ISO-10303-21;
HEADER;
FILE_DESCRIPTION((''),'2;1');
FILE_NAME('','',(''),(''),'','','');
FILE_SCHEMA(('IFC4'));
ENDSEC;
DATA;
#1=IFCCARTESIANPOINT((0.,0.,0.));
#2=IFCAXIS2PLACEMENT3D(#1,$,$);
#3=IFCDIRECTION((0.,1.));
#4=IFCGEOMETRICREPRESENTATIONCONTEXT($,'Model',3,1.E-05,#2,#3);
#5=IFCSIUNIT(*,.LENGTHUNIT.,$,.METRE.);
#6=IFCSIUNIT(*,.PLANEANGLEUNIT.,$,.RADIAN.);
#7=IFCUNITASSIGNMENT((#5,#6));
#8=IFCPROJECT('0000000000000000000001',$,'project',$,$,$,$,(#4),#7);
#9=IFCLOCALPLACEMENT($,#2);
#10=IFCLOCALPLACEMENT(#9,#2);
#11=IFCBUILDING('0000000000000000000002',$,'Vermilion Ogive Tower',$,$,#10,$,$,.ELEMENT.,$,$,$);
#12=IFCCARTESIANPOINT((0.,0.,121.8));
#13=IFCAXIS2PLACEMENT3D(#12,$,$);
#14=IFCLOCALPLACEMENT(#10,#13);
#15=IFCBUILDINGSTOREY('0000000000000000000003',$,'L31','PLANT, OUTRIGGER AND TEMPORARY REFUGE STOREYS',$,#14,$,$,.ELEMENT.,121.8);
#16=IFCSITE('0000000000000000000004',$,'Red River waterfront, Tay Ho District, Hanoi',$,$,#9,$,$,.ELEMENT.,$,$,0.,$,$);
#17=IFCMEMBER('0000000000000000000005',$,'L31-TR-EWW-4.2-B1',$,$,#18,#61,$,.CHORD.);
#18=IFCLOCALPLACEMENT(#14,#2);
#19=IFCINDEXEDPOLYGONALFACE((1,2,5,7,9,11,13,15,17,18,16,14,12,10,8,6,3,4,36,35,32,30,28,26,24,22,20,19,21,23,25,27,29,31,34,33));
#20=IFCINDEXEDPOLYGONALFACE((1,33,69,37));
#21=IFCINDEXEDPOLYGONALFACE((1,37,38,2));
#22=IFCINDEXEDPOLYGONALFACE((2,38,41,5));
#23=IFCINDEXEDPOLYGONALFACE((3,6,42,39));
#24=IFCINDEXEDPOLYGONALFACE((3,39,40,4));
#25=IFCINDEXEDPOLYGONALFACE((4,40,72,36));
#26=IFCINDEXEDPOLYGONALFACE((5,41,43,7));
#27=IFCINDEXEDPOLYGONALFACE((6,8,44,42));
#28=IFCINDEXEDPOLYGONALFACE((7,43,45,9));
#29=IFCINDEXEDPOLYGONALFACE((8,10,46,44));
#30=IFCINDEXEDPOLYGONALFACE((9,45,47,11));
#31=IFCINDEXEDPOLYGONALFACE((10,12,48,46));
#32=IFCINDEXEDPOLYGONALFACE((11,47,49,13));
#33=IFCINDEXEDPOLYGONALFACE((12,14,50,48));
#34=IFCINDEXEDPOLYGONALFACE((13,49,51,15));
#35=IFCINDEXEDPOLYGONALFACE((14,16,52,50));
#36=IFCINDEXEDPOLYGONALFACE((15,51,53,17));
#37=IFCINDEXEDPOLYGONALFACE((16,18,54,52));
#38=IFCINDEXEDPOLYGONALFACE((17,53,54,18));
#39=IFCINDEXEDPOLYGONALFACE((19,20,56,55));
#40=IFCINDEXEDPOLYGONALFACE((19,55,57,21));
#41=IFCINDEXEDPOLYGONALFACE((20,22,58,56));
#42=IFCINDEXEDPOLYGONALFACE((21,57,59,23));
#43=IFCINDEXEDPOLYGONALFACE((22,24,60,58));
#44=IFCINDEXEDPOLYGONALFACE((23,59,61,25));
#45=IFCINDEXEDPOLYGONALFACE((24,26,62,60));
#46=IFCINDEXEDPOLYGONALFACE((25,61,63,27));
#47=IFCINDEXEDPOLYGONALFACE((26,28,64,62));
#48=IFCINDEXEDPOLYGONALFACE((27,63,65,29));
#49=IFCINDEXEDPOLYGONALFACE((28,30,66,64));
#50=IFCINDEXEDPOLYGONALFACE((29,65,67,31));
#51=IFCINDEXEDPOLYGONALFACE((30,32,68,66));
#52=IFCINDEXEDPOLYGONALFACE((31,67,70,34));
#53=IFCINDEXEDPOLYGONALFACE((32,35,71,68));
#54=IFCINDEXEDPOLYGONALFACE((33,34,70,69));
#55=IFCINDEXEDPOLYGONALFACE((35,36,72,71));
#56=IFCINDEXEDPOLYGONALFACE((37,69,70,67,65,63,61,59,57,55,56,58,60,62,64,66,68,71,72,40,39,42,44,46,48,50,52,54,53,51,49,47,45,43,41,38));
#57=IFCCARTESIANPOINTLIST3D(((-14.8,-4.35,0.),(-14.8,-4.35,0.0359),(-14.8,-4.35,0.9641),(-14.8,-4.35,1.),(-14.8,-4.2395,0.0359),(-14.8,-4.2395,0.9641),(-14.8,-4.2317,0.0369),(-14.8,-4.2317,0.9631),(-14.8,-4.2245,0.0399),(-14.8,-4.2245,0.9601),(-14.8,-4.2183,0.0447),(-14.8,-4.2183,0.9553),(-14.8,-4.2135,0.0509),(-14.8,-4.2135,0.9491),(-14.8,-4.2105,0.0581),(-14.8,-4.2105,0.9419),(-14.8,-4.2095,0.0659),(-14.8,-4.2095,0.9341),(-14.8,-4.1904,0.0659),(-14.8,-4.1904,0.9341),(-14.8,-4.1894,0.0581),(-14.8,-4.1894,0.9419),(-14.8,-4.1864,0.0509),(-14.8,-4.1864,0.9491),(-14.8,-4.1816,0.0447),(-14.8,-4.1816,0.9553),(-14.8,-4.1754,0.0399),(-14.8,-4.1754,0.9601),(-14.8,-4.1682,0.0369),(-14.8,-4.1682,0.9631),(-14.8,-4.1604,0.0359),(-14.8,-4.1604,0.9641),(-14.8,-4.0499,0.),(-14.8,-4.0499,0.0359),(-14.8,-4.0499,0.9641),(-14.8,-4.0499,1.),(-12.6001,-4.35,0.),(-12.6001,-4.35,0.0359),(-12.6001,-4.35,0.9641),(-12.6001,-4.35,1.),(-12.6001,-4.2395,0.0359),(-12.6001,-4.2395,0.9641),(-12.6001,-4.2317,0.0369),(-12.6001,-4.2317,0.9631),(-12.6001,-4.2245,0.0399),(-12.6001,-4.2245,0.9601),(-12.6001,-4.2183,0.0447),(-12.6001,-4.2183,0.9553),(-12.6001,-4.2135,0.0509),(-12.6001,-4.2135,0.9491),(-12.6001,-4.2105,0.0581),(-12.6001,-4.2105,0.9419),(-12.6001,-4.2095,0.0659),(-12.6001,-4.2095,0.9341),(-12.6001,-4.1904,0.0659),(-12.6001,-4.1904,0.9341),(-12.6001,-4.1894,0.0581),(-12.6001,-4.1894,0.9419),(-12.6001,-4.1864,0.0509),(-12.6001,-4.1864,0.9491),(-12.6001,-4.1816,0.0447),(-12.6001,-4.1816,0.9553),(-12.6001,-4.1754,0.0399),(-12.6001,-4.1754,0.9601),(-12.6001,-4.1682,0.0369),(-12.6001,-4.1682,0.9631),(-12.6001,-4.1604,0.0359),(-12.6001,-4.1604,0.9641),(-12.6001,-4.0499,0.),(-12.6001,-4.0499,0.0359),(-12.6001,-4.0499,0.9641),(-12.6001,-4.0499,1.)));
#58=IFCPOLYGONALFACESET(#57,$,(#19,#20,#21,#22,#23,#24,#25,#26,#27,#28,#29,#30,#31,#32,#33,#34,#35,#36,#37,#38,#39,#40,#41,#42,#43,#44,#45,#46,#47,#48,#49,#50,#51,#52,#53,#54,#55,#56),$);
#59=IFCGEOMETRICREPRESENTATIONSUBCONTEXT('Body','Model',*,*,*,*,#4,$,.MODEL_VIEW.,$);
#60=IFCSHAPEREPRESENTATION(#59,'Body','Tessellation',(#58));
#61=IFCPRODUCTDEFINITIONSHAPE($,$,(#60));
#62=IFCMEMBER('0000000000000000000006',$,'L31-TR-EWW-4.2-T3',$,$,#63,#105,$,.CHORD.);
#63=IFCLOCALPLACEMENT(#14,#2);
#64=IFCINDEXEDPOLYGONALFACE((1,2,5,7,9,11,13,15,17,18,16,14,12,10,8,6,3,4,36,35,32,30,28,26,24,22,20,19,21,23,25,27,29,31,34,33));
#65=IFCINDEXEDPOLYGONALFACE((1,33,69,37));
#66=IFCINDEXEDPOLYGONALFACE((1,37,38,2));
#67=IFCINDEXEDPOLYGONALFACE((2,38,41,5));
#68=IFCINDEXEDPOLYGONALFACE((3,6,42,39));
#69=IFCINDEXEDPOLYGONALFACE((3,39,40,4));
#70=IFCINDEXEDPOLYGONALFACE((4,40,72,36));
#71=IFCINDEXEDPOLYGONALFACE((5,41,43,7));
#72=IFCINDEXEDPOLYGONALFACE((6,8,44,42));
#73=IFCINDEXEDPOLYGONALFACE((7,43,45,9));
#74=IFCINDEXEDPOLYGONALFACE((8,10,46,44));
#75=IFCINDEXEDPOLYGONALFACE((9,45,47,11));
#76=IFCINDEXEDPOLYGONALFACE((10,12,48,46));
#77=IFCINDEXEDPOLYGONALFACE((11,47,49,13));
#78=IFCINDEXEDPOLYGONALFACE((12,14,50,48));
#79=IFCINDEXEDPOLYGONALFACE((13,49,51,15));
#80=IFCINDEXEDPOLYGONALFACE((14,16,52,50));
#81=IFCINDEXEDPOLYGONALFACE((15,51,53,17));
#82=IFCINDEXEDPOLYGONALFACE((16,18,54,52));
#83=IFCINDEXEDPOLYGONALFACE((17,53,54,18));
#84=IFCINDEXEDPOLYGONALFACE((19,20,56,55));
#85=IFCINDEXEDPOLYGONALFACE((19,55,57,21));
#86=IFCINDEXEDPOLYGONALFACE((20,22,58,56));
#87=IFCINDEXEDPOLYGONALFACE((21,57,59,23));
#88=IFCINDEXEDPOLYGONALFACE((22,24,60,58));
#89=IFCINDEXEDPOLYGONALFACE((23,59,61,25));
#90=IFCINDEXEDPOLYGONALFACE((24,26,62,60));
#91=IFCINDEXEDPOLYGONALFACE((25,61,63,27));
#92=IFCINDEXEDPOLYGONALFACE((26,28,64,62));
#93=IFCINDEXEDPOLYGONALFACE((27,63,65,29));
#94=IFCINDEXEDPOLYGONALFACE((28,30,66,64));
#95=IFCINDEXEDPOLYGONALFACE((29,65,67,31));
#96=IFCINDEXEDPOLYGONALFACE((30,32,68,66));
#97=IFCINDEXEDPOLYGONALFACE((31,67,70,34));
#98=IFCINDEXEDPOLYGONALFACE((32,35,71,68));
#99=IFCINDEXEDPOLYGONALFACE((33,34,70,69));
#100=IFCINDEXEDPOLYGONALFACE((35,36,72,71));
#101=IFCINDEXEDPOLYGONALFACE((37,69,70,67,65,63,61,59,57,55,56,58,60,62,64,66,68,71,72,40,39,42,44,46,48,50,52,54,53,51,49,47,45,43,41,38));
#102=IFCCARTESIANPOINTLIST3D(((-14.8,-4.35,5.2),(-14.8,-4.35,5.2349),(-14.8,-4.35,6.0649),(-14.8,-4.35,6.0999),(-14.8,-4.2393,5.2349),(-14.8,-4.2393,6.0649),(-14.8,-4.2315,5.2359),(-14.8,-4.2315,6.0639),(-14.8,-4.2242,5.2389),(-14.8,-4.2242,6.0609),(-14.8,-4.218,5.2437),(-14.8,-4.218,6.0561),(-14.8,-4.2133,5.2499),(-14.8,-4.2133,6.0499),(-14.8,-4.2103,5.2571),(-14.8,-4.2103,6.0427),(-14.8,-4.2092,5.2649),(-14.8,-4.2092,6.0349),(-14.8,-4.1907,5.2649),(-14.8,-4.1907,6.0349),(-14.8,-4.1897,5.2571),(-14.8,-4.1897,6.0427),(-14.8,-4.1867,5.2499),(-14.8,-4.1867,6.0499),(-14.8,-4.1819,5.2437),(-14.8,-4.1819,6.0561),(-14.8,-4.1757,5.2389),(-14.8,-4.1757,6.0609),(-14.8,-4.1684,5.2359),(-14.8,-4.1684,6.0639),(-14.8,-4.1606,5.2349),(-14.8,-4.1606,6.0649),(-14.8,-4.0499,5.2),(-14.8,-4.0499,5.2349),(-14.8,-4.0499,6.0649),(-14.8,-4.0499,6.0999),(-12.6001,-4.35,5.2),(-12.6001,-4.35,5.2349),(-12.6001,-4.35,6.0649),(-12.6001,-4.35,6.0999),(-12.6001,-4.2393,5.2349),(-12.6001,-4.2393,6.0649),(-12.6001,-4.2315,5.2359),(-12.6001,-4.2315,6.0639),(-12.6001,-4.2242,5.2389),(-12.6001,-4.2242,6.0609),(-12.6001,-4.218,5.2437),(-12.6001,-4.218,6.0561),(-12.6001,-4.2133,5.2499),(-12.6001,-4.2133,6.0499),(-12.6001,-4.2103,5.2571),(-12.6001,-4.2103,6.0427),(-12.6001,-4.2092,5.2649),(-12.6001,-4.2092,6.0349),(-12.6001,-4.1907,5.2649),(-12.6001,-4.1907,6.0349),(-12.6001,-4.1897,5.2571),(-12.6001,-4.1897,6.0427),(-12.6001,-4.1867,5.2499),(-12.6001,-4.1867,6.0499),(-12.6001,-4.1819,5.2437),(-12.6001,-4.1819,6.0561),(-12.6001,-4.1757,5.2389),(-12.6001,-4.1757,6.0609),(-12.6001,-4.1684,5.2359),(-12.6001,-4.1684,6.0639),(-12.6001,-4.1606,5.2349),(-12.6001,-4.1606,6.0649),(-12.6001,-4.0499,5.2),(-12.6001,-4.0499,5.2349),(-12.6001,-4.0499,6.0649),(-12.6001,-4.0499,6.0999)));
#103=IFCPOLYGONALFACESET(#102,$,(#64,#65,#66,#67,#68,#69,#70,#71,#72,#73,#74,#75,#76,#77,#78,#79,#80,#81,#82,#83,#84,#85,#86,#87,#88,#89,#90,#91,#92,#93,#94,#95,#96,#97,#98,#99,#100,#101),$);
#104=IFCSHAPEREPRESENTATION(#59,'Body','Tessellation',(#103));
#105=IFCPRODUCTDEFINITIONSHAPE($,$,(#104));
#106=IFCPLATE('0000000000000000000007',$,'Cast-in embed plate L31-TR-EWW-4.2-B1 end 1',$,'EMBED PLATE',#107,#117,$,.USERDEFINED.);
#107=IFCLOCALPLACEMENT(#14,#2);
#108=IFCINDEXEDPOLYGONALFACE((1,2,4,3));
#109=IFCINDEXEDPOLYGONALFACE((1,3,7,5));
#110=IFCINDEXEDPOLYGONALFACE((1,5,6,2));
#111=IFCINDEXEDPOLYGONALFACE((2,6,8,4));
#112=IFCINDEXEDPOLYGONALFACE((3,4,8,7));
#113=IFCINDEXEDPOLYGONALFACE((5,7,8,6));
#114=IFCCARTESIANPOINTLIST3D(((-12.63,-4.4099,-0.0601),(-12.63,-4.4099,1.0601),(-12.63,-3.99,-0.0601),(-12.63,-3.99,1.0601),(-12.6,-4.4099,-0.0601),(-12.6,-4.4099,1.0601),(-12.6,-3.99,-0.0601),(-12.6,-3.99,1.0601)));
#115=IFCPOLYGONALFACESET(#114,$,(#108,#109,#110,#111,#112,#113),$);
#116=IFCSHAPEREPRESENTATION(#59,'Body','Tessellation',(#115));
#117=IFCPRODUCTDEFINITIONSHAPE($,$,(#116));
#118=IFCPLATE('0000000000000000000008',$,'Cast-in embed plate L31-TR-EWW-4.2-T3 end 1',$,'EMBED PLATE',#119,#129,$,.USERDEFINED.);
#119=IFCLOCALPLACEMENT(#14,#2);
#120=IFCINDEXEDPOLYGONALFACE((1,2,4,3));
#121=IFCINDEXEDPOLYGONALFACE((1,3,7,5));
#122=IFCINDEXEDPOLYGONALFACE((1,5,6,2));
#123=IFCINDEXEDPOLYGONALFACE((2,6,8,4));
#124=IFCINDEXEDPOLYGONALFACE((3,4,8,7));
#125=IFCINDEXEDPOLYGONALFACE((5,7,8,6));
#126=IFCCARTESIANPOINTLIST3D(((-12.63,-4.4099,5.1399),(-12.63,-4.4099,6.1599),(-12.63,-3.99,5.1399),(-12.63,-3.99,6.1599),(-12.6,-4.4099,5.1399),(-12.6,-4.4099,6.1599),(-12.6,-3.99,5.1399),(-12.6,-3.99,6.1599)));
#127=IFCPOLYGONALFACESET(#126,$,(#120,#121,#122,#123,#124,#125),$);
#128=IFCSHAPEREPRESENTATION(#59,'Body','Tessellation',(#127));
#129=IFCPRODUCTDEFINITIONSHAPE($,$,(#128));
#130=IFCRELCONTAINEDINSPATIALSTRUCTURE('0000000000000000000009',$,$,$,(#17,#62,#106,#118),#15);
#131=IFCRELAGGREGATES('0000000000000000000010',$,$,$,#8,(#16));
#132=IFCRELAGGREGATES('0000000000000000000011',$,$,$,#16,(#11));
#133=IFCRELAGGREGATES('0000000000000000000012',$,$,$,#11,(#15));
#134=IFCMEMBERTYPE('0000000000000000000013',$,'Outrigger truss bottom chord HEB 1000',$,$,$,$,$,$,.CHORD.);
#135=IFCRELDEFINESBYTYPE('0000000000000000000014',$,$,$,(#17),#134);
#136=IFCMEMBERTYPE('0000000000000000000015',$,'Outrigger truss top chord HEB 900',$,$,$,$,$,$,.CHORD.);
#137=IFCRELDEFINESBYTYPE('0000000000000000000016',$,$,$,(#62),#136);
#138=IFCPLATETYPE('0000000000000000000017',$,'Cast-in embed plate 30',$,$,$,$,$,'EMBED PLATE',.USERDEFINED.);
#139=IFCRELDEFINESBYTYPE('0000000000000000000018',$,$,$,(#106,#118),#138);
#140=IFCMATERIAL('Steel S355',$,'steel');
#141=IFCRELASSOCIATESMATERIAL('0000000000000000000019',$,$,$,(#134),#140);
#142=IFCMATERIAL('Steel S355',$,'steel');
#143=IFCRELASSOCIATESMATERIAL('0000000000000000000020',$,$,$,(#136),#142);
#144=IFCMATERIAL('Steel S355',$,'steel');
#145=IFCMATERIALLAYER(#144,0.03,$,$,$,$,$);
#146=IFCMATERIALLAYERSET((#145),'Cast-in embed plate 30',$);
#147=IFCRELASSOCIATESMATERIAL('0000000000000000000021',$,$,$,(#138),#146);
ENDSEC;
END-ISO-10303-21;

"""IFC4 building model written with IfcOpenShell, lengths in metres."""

from ifc_helpers import new_model, si_unit, direction, frame, origin, origin_2d, place, context, subcontext, project, spatial, rectangle, i_section, extrude, material, layer, layer_set, material_profile, profile_set, type_object, element, save


model = new_model("IFC4")

# Units and contexts
model_context = context("Model", 3, precision=1e-05, world=origin(), true_north=direction((0.0, 1.0)))
body_context = subcontext(model_context, "Body", "Model", "MODEL_VIEW")
ifc_project = project(units=[si_unit("LENGTHUNIT", "METRE"), si_unit("PLANEANGLEUNIT", "RADIAN")], contexts=[model_context])

# Site, building, storey
site_placement = place(None, origin())
site = spatial("IfcSite", under=ifc_project, at=site_placement, Name="Red River waterfront, Tay Ho District, Hanoi", CompositionType="ELEMENT", RefElevation=0.0)
building_placement = place(site_placement, origin())
building = spatial("IfcBuilding", under=site, at=building_placement, Name="Vermilion Ogive Tower", CompositionType="ELEMENT")
storey_placement = place(building_placement, frame((0.0, 0.0, 121.8)))
storey = spatial("IfcBuildingStorey", under=building, at=storey_placement, Name="L31", Description="PLANT, OUTRIGGER AND TEMPORARY REFUGE STOREYS", CompositionType="ELEMENT", Elevation=121.8)

# Members
ifc_material_1 = material(Name="Steel S355", Category="steel")
ifc_material_profile_1 = material_profile(ifc_material_1, i_section(OverallWidth=0.3, OverallDepth=1.0, WebThickness=0.019, FlangeThickness=0.0359, FilletRadius=0.03, at=origin_2d()), Name="HEB 1000")
ifc_profile_set_1 = profile_set([ifc_material_profile_1], Name="Steel S355")
member_type_1 = type_object("IfcMemberType", Name="Outrigger truss bottom chord HEB 1000", PredefinedType="CHORD", material=ifc_profile_set_1)
member_1_placement = place(storey_placement, frame((-12.6001, -4.2, 0.5), z_axis=(-1.0, 0.0, 0.0), x_axis=(0.0, -1.0, 0.0)))
element("IfcMember", 1, at=member_1_placement, inside=storey, type_object=member_type_1, Name="L31-TR-EWW-4.2-B1", PredefinedType="CHORD", context=body_context, shape_type="SweptSolid", body=[
    extrude(i_section(OverallWidth=0.3, OverallDepth=1.0, WebThickness=0.019, FlangeThickness=0.0359, FilletRadius=0.03, at=origin_2d()), origin(), (0.0, 0.0, 1.0), 2.2),
])
ifc_material_2 = material(Name="Steel S355", Category="steel")
ifc_material_profile_2 = material_profile(ifc_material_2, i_section(OverallWidth=0.3, OverallDepth=0.8999, WebThickness=0.0186, FlangeThickness=0.0349, FilletRadius=0.03, at=origin_2d()), Name="HEB 900")
ifc_profile_set_2 = profile_set([ifc_material_profile_2], Name="Steel S355")
member_type_2 = type_object("IfcMemberType", Name="Outrigger truss top chord HEB 900", PredefinedType="CHORD", material=ifc_profile_set_2)
member_2_placement = place(storey_placement, frame((-12.6001, -4.2, 5.6499), z_axis=(-1.0, 0.0, 0.0), x_axis=(0.0, -1.0, 0.0)))
element("IfcMember", 2, at=member_2_placement, inside=storey, type_object=member_type_2, Name="L31-TR-EWW-4.2-T3", PredefinedType="CHORD", context=body_context, shape_type="SweptSolid", body=[
    extrude(i_section(OverallWidth=0.3, OverallDepth=0.8999, WebThickness=0.0186, FlangeThickness=0.0349, FilletRadius=0.03, at=origin_2d()), origin(), (0.0, 0.0, 1.0), 2.2),
])

# Plates
ifc_material_3 = material(Name="Steel S355", Category="steel")
ifc_layer_1 = layer(ifc_material_3, 0.03)
ifc_layer_set_1 = layer_set([ifc_layer_1], Name="Cast-in embed plate 30")
plate_type = type_object("IfcPlateType", Name="Cast-in embed plate 30", ElementType="EMBED PLATE", PredefinedType="USERDEFINED", material=ifc_layer_set_1)
plate_1_placement = place(storey_placement, frame((-12.615, -4.2, -0.0601), z_axis=(0.0, 0.0, 1.0), x_axis=(1.0, 0.0, 0.0)))
element("IfcPlate", 3, at=plate_1_placement, inside=storey, type_object=plate_type, Name="Cast-in embed plate L31-TR-EWW-4.2-B1 end 1", ObjectType="EMBED PLATE", PredefinedType="USERDEFINED", context=body_context, shape_type="SweptSolid", body=[
    extrude(rectangle(XDim=0.03, YDim=0.4199, at=origin_2d()), origin(), (0.0, 0.0, 1.0), 1.1201),
])
plate_2_placement = place(storey_placement, frame((-12.615, -4.2, 5.1399), z_axis=(0.0, 0.0, 1.0), x_axis=(1.0, 0.0, 0.0)))
element("IfcPlate", 4, at=plate_2_placement, inside=storey, type_object=plate_type, Name="Cast-in embed plate L31-TR-EWW-4.2-T3 end 1", ObjectType="EMBED PLATE", PredefinedType="USERDEFINED", context=body_context, shape_type="SweptSolid", body=[
    extrude(rectangle(XDim=0.03, YDim=0.4199, at=origin_2d()), origin(), (0.0, 0.0, 1.0), 1.02),
])

save(model, "model.ifc")
